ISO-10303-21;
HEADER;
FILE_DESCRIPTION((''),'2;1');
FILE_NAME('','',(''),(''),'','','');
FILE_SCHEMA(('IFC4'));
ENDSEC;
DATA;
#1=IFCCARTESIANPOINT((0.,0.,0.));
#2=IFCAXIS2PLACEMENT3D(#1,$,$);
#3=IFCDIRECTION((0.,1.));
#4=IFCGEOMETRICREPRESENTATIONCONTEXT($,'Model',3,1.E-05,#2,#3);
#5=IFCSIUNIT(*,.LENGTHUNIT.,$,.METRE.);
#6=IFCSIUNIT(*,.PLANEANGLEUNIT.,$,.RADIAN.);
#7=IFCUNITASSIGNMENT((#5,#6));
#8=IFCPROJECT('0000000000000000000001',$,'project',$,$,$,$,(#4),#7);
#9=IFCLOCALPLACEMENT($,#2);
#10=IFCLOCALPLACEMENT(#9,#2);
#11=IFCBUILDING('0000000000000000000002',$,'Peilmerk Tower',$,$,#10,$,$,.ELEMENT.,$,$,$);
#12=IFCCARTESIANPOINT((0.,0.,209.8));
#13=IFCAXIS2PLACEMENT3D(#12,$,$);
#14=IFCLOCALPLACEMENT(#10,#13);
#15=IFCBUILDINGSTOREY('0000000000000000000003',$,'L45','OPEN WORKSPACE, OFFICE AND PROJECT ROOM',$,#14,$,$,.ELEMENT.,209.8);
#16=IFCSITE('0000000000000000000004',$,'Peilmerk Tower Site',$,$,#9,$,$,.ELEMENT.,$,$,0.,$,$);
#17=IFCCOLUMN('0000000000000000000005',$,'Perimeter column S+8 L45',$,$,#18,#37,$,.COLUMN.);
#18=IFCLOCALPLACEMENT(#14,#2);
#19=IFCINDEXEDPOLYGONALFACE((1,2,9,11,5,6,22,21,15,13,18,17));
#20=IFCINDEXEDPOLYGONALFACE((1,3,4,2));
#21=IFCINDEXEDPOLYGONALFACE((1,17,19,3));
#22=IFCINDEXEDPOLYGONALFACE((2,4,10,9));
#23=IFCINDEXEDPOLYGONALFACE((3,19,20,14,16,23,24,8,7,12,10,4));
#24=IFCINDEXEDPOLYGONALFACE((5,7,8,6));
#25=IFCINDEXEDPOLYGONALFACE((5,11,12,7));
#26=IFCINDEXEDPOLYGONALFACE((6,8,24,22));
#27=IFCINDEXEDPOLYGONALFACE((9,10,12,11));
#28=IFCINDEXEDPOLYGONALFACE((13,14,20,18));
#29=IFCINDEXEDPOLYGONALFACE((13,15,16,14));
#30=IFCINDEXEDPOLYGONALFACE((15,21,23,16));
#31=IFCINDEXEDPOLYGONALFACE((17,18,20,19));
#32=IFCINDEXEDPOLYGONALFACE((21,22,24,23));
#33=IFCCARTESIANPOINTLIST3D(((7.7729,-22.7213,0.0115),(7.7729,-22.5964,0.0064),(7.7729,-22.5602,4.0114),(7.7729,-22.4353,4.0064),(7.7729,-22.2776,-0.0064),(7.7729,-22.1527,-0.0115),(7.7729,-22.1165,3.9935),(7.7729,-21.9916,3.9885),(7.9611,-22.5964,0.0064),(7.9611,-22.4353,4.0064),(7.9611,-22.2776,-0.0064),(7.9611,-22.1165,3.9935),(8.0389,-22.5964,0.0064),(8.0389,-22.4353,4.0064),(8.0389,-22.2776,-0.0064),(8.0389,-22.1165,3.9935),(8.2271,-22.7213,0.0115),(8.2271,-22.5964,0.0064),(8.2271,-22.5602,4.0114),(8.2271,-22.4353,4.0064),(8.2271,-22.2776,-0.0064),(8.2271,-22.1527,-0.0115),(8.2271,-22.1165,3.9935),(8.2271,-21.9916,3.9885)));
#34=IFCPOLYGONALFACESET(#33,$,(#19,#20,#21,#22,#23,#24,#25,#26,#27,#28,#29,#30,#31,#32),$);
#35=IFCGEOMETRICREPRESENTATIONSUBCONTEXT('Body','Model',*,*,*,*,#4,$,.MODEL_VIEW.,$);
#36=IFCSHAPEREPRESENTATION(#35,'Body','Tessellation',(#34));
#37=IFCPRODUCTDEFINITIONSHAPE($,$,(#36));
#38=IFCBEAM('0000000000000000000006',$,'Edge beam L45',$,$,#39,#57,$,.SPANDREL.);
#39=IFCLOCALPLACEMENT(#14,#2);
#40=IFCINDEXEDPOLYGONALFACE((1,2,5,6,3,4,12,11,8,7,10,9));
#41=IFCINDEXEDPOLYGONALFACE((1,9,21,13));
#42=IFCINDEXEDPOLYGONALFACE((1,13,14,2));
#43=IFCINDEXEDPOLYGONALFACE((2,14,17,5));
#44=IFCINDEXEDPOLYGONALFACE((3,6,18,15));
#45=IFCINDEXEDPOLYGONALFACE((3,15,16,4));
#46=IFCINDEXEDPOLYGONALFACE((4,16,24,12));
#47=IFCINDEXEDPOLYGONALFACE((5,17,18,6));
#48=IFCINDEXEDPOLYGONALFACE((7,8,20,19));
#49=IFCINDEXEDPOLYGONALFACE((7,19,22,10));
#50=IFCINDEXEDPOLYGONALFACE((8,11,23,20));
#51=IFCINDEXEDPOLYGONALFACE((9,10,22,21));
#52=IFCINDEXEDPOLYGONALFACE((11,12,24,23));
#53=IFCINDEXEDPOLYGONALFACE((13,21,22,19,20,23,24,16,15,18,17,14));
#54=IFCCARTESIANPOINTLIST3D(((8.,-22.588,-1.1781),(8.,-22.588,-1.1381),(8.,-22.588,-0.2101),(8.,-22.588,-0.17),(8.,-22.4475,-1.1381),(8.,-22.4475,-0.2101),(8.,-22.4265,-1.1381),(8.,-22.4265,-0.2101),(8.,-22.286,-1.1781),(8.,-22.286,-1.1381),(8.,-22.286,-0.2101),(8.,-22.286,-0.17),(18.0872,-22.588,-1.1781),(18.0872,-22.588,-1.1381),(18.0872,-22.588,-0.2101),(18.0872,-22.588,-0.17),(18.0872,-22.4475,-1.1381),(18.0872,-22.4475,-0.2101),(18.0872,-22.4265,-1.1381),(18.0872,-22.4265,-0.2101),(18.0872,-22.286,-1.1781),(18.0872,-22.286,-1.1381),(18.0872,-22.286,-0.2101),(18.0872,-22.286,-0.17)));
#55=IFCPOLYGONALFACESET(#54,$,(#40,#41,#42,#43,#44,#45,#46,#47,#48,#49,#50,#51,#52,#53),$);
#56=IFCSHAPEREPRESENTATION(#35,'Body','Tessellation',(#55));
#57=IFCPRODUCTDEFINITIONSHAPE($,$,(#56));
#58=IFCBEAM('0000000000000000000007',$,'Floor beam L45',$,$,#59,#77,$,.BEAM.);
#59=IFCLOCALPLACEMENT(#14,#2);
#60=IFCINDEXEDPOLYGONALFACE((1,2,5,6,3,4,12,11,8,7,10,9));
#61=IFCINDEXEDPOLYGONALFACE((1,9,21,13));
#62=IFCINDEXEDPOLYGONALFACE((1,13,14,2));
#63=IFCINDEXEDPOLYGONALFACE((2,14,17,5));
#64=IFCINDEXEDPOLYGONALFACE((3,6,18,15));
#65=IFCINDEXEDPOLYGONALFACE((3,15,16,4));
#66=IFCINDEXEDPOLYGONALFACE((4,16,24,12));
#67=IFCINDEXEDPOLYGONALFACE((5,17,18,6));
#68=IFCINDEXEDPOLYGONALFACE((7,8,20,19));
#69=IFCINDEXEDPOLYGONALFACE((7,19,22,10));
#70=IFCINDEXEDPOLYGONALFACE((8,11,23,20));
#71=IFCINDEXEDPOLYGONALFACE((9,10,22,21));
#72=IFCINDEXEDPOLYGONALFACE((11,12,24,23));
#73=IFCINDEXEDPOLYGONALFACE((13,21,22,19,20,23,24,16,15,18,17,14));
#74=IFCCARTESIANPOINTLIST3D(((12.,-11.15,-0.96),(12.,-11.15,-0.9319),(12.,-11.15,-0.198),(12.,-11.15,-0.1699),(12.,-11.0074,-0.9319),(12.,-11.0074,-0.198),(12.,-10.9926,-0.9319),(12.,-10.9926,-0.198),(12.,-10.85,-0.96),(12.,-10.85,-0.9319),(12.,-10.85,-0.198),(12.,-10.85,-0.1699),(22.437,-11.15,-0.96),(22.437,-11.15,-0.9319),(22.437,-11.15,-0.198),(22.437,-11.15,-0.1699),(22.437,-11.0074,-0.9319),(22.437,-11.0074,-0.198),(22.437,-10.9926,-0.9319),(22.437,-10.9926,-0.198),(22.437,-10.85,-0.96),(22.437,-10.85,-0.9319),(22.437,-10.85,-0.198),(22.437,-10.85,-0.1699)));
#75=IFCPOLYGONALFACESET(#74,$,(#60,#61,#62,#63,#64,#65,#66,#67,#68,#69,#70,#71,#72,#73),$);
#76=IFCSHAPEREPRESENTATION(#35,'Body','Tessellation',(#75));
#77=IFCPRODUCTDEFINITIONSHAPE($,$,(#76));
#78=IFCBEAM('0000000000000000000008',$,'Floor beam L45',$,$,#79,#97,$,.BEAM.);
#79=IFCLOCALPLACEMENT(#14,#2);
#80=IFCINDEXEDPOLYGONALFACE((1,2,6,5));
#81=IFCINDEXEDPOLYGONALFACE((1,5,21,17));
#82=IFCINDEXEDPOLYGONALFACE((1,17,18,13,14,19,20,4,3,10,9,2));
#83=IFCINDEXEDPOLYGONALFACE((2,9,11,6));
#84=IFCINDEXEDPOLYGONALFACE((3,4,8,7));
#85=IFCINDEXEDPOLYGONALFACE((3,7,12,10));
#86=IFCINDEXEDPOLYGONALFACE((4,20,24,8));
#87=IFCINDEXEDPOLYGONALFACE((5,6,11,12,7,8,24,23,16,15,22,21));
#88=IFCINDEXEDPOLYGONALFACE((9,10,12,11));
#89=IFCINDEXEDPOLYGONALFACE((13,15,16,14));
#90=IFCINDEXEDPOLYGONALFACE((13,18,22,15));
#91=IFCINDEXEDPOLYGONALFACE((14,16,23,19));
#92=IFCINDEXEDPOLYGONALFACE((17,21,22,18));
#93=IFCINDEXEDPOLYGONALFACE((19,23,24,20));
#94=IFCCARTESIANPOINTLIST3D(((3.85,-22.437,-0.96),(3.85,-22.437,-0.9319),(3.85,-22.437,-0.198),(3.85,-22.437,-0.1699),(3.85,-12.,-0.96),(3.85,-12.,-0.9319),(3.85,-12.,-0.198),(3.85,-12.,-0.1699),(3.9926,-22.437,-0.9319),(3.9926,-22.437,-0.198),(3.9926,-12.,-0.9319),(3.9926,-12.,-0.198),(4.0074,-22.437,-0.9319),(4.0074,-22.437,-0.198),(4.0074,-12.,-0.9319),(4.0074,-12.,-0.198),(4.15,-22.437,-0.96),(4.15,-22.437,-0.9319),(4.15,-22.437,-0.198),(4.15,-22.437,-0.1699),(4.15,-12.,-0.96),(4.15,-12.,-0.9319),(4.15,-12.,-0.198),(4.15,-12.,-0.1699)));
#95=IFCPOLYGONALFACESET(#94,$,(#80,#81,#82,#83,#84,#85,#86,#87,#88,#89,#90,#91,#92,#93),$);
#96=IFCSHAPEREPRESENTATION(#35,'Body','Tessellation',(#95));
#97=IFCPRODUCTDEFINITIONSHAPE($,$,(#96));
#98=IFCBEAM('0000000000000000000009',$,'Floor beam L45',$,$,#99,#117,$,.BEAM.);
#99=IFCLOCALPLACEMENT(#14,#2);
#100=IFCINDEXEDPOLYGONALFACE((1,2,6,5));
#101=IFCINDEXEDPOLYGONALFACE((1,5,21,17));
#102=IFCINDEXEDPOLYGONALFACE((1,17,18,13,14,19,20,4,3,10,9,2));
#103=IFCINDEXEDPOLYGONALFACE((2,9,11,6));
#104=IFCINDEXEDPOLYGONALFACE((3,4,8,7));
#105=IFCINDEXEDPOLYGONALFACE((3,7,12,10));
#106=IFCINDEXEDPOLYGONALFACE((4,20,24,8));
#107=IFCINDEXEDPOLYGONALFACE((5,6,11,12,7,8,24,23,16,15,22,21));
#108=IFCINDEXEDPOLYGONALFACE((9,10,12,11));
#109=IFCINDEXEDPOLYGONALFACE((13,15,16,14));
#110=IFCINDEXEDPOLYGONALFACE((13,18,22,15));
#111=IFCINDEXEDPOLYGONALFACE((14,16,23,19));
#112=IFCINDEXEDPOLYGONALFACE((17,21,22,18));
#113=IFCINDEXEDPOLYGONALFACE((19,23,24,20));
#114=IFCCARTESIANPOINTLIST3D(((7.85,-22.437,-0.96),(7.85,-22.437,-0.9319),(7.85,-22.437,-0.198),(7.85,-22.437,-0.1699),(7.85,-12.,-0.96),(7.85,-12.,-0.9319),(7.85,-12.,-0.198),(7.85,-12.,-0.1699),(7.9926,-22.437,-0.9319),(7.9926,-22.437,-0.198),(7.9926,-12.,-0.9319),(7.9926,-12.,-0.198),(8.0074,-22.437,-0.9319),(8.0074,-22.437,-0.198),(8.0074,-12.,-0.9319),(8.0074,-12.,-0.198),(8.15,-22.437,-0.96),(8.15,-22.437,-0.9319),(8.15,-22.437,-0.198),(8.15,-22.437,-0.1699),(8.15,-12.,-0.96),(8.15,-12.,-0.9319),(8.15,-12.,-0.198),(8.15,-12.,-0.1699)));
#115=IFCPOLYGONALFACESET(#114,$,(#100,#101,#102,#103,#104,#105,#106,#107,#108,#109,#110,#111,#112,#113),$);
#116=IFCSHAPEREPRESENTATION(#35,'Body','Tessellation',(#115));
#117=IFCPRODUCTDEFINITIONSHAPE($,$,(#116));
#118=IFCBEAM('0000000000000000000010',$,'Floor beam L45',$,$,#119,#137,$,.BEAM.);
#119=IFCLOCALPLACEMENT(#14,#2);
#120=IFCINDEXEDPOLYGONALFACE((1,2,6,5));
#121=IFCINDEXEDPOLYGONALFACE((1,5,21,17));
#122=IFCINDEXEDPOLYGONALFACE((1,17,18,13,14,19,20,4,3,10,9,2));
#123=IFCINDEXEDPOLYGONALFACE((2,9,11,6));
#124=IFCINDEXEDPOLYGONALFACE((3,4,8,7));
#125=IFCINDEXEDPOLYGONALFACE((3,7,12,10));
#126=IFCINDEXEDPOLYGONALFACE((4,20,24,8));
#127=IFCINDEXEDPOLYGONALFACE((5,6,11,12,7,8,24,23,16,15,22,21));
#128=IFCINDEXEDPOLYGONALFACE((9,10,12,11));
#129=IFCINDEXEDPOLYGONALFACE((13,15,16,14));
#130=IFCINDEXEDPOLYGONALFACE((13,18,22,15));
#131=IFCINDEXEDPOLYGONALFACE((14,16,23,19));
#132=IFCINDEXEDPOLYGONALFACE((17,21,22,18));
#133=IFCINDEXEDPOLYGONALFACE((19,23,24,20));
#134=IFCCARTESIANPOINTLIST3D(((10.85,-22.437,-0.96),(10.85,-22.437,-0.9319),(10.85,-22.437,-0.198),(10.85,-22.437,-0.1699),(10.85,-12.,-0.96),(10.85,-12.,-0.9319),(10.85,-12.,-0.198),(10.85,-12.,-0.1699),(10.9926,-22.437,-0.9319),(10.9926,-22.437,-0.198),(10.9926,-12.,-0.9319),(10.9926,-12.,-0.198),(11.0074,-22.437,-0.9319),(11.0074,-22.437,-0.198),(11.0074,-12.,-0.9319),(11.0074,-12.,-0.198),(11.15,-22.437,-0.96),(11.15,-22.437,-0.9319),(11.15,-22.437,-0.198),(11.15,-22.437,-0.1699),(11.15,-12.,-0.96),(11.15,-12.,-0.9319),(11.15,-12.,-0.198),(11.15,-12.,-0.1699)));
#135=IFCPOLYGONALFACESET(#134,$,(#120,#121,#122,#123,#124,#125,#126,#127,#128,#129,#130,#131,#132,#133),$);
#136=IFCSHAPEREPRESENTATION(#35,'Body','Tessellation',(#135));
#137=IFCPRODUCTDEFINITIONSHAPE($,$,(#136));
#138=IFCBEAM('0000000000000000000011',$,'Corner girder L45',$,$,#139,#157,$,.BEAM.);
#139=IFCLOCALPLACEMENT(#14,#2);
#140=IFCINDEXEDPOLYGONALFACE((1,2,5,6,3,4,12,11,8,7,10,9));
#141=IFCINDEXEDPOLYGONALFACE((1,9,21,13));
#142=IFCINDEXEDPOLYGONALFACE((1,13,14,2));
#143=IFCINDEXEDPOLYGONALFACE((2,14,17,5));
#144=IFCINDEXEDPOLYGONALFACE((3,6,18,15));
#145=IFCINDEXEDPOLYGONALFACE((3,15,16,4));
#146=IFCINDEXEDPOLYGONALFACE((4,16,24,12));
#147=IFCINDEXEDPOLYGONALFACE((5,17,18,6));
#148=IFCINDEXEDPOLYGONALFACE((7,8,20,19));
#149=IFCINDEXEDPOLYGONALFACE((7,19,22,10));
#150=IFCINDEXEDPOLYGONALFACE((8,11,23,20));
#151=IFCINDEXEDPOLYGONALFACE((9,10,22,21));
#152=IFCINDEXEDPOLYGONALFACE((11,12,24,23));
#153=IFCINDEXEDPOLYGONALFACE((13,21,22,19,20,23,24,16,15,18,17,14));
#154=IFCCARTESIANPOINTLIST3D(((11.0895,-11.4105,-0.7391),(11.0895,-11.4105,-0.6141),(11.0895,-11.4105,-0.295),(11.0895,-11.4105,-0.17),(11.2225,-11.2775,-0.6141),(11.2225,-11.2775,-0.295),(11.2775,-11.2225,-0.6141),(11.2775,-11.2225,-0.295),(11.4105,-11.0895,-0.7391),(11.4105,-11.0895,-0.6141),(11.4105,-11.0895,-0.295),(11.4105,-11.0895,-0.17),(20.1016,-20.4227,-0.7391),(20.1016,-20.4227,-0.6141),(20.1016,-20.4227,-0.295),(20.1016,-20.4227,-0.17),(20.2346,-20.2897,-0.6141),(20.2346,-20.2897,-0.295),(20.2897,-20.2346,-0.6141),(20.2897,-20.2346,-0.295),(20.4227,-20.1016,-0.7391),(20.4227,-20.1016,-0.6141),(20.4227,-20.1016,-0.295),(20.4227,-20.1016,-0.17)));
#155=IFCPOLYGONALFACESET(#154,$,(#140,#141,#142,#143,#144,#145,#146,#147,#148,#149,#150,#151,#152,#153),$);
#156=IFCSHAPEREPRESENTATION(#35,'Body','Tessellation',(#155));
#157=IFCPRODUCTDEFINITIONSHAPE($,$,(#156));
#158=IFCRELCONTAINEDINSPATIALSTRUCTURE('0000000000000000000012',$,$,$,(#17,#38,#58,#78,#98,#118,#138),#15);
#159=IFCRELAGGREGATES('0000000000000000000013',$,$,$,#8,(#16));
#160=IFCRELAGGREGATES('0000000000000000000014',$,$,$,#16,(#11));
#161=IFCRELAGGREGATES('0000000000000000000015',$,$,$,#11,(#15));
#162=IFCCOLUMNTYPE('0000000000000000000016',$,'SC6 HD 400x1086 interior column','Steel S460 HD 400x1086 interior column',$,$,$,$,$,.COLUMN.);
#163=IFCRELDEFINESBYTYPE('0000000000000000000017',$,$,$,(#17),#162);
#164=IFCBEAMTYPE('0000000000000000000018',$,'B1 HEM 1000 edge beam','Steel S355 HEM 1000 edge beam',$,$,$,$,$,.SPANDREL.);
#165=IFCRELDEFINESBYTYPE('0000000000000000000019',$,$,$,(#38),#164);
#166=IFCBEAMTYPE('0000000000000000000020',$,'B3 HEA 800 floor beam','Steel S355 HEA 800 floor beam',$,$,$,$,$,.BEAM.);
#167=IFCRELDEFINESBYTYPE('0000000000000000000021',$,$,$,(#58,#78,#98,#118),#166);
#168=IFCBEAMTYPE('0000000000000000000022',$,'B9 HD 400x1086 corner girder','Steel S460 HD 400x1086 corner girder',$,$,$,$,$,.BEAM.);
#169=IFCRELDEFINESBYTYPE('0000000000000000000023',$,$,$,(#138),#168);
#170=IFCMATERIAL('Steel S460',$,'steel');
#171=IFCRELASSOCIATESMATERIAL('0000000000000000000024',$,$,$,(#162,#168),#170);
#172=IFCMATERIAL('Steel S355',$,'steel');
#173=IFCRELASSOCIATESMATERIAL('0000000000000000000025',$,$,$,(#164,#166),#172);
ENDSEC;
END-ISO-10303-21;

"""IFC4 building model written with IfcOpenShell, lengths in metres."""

from ifc_helpers import new_model, si_unit, direction, frame, origin, origin_2d, place, context, subcontext, project, spatial, i_section, extrude, material, material_profile, profile_set, type_object, element, save


model = new_model("IFC4")

# Units and contexts
model_context = context("Model", 3, precision=1e-05, world=origin(), true_north=direction((0.0, 1.0)))
body_context = subcontext(model_context, "Body", "Model", "MODEL_VIEW")
ifc_project = project(units=[si_unit("LENGTHUNIT", "METRE"), si_unit("PLANEANGLEUNIT", "RADIAN")], contexts=[model_context])

# Site, building, storey
site_placement = place(None, origin())
site = spatial("IfcSite", under=ifc_project, at=site_placement, Name="Peilmerk Tower Site", CompositionType="ELEMENT", RefElevation=0.0)
building_placement = place(site_placement, origin())
building = spatial("IfcBuilding", under=site, at=building_placement, Name="Peilmerk Tower", CompositionType="ELEMENT")
storey_placement = place(building_placement, frame((0.0, 0.0, 209.8)))
storey = spatial("IfcBuildingStorey", under=building, at=storey_placement, Name="L45", Description="OPEN WORKSPACE, OFFICE AND PROJECT ROOM", CompositionType="ELEMENT", Elevation=209.8)

# Column
ifc_material_1 = material(Name="Steel S460", Category="steel")
ifc_material_profile_1 = material_profile(ifc_material_1, i_section(OverallWidth=0.4541, OverallDepth=0.5691, WebThickness=0.0779, FlangeThickness=0.125, at=origin_2d()), Name="HD 400x1086")
ifc_profile_set_1 = profile_set([ifc_material_profile_1], Name="Steel S460")
column_type = type_object("IfcColumnType", Name="SC6 HD 400x1086 interior column", Description="Steel S460 HD 400x1086 interior column", PredefinedType="COLUMN", material=ifc_profile_set_1)
column_placement = place(storey_placement, frame((8.0, -22.437, 0.0), z_axis=(0.0, 0.040251, 0.99919), x_axis=(-1.0, 0.0, 0.0)))
element("IfcColumn", 1, at=column_placement, inside=storey, type_object=column_type, Name="Perimeter column S+8 L45", PredefinedType="COLUMN", context=body_context, shape_type="SweptSolid", body=[
    extrude(i_section(OverallWidth=0.4541, OverallDepth=0.5691, WebThickness=0.0779, FlangeThickness=0.125, at=origin_2d()), origin(), (0.0, 0.0, 1.0), 4.0032),
])

# Beams
ifc_material_2 = material(Name="Steel S355", Category="steel")
ifc_material_profile_2 = material_profile(ifc_material_2, i_section(OverallWidth=0.302, OverallDepth=1.0081, WebThickness=0.021, FlangeThickness=0.04, at=origin_2d()), Name="HEM 1000")
ifc_profile_set_2 = profile_set([ifc_material_profile_2], Name="Steel S355")
beam_type_1 = type_object("IfcBeamType", Name="B1 HEM 1000 edge beam", Description="Steel S355 HEM 1000 edge beam", PredefinedType="SPANDREL", material=ifc_profile_set_2)
beam_1_placement = place(storey_placement, frame((8.0, -22.437, -0.6741), z_axis=(1.0, 0.0, 0.0), x_axis=(0.0, 1.0, 0.0)))
element("IfcBeam", 2, at=beam_1_placement, inside=storey, type_object=beam_type_1, Name="Edge beam L45", PredefinedType="SPANDREL", context=body_context, shape_type="SweptSolid", body=[
    extrude(i_section(OverallWidth=0.302, OverallDepth=1.0081, WebThickness=0.021, FlangeThickness=0.04, at=origin_2d()), origin(), (0.0, 0.0, 1.0), 10.0872),
])
ifc_material_profile_3 = material_profile(ifc_material_2, i_section(OverallWidth=0.3, OverallDepth=0.79, WebThickness=0.0149, FlangeThickness=0.0281, at=origin_2d()), Name="HEA 800")
ifc_profile_set_3 = profile_set([ifc_material_profile_3], Name="Steel S355")
beam_type_2 = type_object("IfcBeamType", Name="B3 HEA 800 floor beam", Description="Steel S355 HEA 800 floor beam", PredefinedType="BEAM", material=ifc_profile_set_3)
for number, where, z_axis, x_axis, name in (
    (3, (12.0, -11.0, -0.5649), (1.0, 0.0, 0.0), (0.0, 1.0, 0.0), "Floor beam L45"),
    (4, (4.0, -12.0, -0.5649), (0.0, -1.0, 0.0), (1.0, 0.0, 0.0), "Floor beam L45"),
    (5, (8.0, -12.0, -0.5649), (0.0, -1.0, 0.0), (1.0, 0.0, 0.0), "Floor beam L45"),
    (6, (11.0, -12.0, -0.5649), (0.0, -1.0, 0.0), (1.0, 0.0, 0.0), "Floor beam L45"),
):
    element("IfcBeam", number, at=place(storey_placement, frame(where, z_axis=z_axis, x_axis=x_axis)), inside=storey, type_object=beam_type_2, Name=name, PredefinedType="BEAM", context=body_context, shape_type="SweptSolid", body=[
        extrude(i_section(OverallWidth=0.3, OverallDepth=0.79, WebThickness=0.0149, FlangeThickness=0.0281, at=origin_2d()), origin(), (0.0, 0.0, 1.0), 10.437),
    ])
ifc_material_profile_4 = material_profile(ifc_material_1, i_section(OverallWidth=0.4541, OverallDepth=0.5691, WebThickness=0.0779, FlangeThickness=0.125, at=origin_2d()), Name="HD 400x1086")
ifc_profile_set_4 = profile_set([ifc_material_profile_4], Name="Steel S460")
beam_type_3 = type_object("IfcBeamType", Name="B9 HD 400x1086 corner girder", Description="Steel S460 HD 400x1086 corner girder", PredefinedType="BEAM", material=ifc_profile_set_4)
beam_2_placement = place(storey_placement, frame((11.25, -11.25, -0.4546), z_axis=(0.707107, -0.707107, 0.0), x_axis=(0.707107, 0.707107, 0.0)))
element("IfcBeam", 7, at=beam_2_placement, inside=storey, type_object=beam_type_3, Name="Corner girder L45", PredefinedType="BEAM", context=body_context, shape_type="SweptSolid", body=[
    extrude(i_section(OverallWidth=0.4541, OverallDepth=0.5691, WebThickness=0.0779, FlangeThickness=0.125, at=origin_2d()), origin(), (0.0, 0.0, 1.0), 12.7451),
])

save(model, "model.ifc")
